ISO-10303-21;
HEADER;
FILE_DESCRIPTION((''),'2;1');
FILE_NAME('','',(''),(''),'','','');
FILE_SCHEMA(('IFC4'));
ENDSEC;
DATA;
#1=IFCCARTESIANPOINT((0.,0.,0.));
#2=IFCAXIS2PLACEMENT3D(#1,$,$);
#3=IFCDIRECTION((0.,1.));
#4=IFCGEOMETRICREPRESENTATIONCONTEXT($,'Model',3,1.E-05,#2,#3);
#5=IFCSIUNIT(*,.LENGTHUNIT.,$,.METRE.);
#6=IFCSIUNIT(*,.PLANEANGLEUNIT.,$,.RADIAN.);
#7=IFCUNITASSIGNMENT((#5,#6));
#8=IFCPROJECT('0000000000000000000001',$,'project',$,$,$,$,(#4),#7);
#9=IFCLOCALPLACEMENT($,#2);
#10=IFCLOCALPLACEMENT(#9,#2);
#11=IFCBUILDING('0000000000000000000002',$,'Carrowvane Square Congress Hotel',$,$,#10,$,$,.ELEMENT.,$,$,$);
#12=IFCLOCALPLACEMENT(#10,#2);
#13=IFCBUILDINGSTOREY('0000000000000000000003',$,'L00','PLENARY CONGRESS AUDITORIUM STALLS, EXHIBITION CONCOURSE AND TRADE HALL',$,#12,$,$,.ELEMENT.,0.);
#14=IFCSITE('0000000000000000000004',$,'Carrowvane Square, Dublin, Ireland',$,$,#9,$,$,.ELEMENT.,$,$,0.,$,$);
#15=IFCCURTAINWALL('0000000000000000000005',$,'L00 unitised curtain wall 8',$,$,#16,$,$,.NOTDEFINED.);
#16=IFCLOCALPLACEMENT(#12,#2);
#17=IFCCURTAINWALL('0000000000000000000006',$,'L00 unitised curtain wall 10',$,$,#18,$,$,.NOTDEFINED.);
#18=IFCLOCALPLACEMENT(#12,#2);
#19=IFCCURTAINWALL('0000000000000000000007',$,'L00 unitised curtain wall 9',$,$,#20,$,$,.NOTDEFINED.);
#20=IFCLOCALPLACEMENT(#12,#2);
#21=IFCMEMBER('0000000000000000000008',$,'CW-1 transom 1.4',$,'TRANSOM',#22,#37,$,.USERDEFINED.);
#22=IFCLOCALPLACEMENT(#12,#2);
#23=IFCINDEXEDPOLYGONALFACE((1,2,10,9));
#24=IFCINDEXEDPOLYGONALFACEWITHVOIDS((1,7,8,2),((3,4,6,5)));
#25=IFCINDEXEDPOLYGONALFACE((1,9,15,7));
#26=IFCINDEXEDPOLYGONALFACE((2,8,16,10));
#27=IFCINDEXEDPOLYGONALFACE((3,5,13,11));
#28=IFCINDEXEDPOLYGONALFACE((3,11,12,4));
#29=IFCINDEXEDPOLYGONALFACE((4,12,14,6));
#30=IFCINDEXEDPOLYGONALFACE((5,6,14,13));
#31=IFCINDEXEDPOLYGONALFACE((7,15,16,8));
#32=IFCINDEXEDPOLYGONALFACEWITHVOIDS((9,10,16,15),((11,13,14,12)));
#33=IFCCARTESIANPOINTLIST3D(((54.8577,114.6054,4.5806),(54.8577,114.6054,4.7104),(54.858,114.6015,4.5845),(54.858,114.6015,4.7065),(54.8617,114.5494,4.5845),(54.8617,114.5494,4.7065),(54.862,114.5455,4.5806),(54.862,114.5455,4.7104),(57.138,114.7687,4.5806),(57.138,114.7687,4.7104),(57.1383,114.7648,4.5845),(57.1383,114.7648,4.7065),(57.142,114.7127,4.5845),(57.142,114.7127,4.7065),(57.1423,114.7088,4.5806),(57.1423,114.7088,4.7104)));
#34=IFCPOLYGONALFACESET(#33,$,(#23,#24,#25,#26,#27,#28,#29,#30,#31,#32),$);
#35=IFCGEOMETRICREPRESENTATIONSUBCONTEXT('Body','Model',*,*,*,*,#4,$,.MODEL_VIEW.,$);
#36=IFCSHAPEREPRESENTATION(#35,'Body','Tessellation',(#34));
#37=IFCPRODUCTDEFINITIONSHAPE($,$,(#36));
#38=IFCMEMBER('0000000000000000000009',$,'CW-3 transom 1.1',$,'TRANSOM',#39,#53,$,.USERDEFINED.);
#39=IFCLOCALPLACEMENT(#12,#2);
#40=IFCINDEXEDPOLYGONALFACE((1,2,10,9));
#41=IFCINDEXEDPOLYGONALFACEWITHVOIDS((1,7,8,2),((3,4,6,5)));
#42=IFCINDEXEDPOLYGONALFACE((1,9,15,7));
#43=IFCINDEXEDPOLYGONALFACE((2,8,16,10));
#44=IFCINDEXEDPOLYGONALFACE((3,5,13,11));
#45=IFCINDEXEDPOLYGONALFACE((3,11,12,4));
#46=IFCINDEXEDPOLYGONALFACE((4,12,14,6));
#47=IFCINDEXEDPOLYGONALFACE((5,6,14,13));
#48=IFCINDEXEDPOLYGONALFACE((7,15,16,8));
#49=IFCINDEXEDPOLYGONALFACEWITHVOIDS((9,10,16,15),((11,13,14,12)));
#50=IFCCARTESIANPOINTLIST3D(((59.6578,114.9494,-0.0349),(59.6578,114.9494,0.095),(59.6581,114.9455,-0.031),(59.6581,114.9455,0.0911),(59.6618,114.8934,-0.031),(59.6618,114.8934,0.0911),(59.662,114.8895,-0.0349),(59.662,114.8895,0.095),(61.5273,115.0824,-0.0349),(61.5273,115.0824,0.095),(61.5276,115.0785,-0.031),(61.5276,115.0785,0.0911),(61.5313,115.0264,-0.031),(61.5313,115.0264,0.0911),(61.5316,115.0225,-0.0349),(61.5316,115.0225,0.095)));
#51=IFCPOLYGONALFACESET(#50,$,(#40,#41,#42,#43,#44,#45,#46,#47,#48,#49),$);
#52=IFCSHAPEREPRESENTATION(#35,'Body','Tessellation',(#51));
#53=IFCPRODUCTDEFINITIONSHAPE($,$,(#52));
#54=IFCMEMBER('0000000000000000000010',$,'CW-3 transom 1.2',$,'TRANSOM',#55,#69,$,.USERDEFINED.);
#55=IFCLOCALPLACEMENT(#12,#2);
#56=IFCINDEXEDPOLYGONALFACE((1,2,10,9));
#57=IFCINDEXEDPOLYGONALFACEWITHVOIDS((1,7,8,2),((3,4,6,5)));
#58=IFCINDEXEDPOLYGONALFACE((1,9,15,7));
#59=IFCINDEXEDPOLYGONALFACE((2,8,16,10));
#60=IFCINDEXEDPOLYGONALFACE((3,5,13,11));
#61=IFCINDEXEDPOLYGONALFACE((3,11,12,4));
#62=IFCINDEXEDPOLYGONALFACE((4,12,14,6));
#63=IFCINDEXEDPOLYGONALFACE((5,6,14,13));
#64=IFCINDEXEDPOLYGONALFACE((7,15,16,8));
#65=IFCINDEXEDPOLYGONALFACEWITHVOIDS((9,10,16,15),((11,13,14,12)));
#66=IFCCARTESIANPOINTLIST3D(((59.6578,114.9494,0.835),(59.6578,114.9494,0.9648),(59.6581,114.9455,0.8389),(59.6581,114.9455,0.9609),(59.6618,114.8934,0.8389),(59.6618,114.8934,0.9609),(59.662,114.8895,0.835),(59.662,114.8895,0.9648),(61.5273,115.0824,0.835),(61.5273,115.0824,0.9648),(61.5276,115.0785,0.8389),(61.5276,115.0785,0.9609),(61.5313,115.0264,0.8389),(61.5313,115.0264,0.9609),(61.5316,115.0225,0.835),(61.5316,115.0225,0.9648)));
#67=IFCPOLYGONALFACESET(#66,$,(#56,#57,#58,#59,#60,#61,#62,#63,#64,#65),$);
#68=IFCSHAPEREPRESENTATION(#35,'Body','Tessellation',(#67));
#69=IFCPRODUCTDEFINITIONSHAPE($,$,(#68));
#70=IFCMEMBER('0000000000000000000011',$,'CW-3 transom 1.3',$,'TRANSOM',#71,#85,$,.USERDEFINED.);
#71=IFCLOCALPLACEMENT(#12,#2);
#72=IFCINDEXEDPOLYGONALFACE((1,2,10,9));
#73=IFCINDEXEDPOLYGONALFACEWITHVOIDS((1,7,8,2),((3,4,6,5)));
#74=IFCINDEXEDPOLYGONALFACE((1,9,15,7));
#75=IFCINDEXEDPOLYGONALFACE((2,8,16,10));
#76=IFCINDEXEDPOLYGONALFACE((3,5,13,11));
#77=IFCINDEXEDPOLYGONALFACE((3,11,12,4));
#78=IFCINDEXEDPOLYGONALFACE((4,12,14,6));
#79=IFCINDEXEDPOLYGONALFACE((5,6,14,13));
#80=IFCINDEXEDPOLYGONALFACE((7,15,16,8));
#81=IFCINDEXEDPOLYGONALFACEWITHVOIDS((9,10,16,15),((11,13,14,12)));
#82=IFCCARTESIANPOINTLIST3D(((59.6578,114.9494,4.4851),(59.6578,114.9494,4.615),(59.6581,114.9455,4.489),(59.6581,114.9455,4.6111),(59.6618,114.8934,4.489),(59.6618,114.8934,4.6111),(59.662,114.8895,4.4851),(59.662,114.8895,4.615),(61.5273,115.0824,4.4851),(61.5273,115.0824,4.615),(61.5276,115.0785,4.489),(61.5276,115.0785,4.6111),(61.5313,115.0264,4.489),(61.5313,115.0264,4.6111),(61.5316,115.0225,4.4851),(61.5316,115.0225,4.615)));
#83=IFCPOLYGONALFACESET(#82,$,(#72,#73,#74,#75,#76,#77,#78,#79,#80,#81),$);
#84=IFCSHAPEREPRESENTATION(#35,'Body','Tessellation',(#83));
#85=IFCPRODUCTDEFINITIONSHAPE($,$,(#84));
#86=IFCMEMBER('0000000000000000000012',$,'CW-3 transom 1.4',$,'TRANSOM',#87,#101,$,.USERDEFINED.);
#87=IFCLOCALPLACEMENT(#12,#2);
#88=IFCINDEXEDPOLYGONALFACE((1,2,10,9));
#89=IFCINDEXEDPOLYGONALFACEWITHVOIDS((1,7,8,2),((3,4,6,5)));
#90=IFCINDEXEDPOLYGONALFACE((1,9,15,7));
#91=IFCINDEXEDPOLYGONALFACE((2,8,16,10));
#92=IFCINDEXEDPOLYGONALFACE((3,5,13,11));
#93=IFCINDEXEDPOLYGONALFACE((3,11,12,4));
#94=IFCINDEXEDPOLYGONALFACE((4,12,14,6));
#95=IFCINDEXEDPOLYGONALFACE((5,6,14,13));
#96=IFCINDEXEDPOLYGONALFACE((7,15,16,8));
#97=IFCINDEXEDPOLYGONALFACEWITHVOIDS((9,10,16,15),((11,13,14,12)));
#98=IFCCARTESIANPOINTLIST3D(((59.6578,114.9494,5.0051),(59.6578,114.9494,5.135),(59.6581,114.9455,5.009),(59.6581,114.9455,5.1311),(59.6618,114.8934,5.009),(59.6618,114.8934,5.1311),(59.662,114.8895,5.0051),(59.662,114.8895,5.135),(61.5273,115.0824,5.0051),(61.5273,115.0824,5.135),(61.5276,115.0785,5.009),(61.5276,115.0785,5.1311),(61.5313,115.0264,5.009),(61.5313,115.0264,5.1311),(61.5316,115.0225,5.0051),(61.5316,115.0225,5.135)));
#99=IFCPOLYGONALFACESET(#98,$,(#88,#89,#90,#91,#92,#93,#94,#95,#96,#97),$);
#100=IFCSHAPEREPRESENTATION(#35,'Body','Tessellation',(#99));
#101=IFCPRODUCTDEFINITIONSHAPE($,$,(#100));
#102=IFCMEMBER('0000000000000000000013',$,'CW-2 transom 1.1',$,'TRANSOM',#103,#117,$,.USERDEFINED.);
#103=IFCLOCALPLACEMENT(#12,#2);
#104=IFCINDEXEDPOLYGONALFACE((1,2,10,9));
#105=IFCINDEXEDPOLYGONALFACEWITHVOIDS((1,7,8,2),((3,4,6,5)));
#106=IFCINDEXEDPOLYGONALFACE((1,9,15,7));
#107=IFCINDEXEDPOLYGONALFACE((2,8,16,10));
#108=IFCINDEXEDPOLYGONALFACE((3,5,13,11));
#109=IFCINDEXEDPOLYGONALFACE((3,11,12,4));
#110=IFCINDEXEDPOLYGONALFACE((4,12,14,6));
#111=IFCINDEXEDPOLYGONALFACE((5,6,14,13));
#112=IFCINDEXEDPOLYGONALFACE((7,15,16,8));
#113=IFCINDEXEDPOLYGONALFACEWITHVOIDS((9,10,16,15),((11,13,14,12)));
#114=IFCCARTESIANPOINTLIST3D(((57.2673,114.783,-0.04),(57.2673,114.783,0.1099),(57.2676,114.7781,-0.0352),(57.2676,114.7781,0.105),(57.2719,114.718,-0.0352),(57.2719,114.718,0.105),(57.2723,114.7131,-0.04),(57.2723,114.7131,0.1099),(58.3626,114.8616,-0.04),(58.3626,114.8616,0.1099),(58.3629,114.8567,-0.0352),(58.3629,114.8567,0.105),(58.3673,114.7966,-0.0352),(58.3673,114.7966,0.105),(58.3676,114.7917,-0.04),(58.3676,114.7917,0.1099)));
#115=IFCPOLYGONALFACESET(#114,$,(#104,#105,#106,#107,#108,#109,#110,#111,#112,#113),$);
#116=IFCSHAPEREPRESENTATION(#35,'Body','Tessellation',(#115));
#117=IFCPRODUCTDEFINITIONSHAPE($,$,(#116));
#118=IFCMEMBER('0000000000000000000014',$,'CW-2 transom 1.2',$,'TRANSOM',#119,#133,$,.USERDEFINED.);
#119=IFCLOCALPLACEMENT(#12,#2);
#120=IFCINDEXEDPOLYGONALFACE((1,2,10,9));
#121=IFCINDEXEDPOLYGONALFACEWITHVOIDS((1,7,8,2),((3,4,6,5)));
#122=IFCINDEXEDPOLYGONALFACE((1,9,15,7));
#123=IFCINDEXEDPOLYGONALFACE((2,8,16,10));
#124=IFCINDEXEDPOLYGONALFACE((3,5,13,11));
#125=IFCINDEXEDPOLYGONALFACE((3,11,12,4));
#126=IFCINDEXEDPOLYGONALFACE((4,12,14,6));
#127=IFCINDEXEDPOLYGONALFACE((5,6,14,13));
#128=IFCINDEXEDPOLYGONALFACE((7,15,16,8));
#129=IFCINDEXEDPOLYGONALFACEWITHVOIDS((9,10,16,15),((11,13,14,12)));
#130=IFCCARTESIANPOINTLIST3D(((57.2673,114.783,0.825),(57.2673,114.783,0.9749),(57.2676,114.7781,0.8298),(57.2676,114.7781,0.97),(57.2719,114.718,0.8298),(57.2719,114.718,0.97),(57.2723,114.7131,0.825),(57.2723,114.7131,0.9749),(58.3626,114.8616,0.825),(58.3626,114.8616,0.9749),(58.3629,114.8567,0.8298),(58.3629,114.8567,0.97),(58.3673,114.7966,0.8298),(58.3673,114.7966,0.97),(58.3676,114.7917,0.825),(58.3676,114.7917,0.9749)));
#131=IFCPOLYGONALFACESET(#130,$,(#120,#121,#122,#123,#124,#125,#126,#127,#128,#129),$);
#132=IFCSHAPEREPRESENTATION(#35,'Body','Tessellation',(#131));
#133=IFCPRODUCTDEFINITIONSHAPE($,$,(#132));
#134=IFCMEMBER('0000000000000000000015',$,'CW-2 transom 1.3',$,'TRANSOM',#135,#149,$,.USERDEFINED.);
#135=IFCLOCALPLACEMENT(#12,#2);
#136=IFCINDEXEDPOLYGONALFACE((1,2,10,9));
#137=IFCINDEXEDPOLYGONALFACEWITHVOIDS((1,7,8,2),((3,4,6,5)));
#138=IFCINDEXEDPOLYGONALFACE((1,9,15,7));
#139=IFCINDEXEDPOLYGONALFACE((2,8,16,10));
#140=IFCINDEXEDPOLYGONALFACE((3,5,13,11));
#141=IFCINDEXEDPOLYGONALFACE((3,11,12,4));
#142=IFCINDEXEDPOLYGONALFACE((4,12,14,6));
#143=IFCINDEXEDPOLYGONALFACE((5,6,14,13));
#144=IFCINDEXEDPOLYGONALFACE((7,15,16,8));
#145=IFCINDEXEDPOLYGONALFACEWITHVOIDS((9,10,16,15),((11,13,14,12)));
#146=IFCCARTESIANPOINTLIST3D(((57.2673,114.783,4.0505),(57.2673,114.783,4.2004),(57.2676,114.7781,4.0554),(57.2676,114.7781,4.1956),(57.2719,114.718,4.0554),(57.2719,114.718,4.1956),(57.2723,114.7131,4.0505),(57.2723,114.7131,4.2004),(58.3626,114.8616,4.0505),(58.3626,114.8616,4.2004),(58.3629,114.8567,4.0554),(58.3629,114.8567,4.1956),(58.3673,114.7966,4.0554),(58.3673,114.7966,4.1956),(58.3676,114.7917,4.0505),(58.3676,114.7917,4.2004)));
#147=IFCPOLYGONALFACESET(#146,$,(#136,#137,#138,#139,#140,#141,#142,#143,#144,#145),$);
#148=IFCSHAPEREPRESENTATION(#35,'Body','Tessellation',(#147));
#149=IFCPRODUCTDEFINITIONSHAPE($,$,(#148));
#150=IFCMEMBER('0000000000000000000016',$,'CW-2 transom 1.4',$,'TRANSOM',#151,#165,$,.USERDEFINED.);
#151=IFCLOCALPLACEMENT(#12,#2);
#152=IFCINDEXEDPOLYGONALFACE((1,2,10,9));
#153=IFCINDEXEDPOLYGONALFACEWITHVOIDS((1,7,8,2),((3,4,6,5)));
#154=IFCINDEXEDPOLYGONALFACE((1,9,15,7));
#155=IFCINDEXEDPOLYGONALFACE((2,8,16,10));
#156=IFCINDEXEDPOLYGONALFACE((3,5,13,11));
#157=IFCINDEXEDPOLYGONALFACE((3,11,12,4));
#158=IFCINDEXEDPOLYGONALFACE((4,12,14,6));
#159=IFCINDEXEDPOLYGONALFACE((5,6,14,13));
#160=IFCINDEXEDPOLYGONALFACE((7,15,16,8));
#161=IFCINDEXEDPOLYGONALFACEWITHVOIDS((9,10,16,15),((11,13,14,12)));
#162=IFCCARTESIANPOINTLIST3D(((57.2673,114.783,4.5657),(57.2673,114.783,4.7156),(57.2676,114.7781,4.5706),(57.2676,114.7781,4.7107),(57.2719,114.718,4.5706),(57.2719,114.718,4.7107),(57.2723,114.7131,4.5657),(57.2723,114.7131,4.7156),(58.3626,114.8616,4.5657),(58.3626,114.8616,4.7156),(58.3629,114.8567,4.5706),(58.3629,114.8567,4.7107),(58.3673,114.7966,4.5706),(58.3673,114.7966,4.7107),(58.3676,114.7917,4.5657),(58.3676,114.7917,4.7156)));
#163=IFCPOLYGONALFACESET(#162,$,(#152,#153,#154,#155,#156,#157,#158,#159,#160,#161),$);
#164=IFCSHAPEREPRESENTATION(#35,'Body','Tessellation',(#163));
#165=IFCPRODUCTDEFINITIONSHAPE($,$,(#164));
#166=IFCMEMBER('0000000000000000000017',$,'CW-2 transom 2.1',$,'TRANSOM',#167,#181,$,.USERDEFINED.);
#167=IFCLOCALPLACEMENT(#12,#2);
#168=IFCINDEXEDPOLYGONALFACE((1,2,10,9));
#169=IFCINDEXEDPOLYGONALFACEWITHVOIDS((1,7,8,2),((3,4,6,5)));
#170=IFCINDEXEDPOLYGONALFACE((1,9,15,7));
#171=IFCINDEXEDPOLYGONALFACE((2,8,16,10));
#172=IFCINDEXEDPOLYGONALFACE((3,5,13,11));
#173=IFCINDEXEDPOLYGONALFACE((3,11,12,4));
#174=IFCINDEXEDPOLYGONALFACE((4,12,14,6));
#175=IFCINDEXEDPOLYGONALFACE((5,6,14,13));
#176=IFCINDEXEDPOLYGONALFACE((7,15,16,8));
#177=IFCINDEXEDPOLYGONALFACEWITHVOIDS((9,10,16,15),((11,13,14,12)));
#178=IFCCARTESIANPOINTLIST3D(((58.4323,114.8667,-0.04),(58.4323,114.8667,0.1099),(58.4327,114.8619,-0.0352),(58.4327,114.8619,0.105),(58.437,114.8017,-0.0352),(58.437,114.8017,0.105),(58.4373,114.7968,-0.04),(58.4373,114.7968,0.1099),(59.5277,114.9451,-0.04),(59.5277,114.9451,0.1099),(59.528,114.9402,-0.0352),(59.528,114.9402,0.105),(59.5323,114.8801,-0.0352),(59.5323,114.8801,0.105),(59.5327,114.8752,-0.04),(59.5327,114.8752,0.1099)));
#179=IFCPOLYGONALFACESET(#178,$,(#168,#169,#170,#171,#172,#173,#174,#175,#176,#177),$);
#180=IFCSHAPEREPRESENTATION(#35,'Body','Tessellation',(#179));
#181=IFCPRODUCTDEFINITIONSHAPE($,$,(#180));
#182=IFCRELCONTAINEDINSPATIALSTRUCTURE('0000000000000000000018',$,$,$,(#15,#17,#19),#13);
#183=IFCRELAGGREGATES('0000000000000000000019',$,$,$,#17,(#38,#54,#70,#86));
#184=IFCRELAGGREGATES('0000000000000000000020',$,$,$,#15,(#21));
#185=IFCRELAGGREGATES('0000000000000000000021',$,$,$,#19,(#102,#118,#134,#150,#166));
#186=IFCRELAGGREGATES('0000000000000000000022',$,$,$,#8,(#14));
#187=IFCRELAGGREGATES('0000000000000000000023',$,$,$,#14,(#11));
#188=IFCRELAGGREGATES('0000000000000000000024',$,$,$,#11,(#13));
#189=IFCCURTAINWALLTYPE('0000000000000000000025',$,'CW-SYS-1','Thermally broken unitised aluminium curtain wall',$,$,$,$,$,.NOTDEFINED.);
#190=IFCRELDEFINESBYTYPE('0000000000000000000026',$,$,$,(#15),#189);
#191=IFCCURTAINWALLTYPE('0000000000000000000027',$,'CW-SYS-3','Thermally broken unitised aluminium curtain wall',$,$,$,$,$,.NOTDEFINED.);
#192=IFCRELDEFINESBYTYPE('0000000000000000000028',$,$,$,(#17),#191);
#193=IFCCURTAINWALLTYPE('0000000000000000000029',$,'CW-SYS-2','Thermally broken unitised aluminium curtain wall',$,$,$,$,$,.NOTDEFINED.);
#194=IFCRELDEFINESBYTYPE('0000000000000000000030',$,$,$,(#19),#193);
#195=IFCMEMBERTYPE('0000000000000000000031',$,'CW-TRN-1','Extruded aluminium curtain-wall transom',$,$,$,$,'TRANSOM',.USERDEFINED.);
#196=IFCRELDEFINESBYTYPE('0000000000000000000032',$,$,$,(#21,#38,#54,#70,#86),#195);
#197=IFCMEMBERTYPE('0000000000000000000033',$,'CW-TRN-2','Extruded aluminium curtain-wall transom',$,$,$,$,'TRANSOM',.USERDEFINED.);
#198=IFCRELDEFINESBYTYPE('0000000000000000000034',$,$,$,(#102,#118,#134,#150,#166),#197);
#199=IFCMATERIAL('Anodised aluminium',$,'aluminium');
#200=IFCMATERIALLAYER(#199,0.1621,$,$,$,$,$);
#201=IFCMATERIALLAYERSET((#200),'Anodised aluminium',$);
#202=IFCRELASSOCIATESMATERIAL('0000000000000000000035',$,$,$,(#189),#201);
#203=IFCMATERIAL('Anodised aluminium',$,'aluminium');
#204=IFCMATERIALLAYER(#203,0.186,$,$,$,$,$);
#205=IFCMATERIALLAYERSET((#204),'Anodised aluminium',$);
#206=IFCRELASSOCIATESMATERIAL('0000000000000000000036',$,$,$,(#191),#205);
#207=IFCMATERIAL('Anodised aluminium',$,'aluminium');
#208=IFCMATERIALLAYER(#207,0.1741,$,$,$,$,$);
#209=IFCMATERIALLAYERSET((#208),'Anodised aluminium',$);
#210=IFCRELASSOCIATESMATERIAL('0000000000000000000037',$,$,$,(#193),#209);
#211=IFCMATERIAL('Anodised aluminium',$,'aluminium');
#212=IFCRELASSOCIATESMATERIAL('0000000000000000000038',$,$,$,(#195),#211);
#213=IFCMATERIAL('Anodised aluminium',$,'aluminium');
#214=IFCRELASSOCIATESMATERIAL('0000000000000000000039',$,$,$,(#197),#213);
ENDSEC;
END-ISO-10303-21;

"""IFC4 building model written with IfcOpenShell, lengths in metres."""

from ifc_helpers import new_model, si_unit, direction, frame, origin, origin_2d, place, context, subcontext, project, spatial, hollow_rectangle, extrude, material, layer, layer_set, material_profile, profile_set, type_object, element, aggregate, save


model = new_model("IFC4")

# Units and contexts
model_context = context("Model", 3, precision=1e-05, world=origin(), true_north=direction((0.0, 1.0)))
body_context = subcontext(model_context, "Body", "Model", "MODEL_VIEW")
ifc_project = project(units=[si_unit("LENGTHUNIT", "METRE"), si_unit("PLANEANGLEUNIT", "RADIAN")], contexts=[model_context])

# Site, building, storey
site_placement = place(None, origin())
site = spatial("IfcSite", under=ifc_project, at=site_placement, Name="Carrowvane Square, Dublin, Ireland", CompositionType="ELEMENT", RefElevation=0.0)
building_placement = place(site_placement, origin())
building = spatial("IfcBuilding", under=site, at=building_placement, Name="Carrowvane Square Congress Hotel", CompositionType="ELEMENT")
storey_placement = place(building_placement, origin())
storey = spatial("IfcBuildingStorey", under=building, at=storey_placement, Name="L00", Description="PLENARY CONGRESS AUDITORIUM STALLS, EXHIBITION CONCOURSE AND TRADE HALL", CompositionType="ELEMENT", Elevation=0.0)

# Curtain wall
ifc_material_1 = material(Name="Anodised aluminium", Category="aluminium")
ifc_layer_1 = layer(ifc_material_1, 0.1621)
ifc_layer_set_1 = layer_set([ifc_layer_1], Name="Anodised aluminium")
curtain_wall_type_1 = type_object("IfcCurtainWallType", Name="CW-SYS-1", Description="Thermally broken unitised aluminium curtain wall", PredefinedType="NOTDEFINED", material=ifc_layer_set_1)
curtain_wall_1_placement = place(storey_placement, origin())
curtain_wall_1 = element("IfcCurtainWall", 1, at=curtain_wall_1_placement, inside=storey, type_object=curtain_wall_type_1, Name="L00 unitised curtain wall 8", PredefinedType="NOTDEFINED")

# Curtain wall
ifc_material_2 = material(Name="Anodised aluminium", Category="aluminium")
ifc_layer_2 = layer(ifc_material_2, 0.186)
ifc_layer_set_2 = layer_set([ifc_layer_2], Name="Anodised aluminium")
curtain_wall_type_2 = type_object("IfcCurtainWallType", Name="CW-SYS-3", Description="Thermally broken unitised aluminium curtain wall", PredefinedType="NOTDEFINED", material=ifc_layer_set_2)
curtain_wall_2_placement = place(storey_placement, origin())
curtain_wall_2 = element("IfcCurtainWall", 2, at=curtain_wall_2_placement, inside=storey, type_object=curtain_wall_type_2, Name="L00 unitised curtain wall 10", PredefinedType="NOTDEFINED")

# Curtain wall
ifc_material_3 = material(Name="Anodised aluminium", Category="aluminium")
ifc_layer_3 = layer(ifc_material_3, 0.1741)
ifc_layer_set_3 = layer_set([ifc_layer_3], Name="Anodised aluminium")
curtain_wall_type_3 = type_object("IfcCurtainWallType", Name="CW-SYS-2", Description="Thermally broken unitised aluminium curtain wall", PredefinedType="NOTDEFINED", material=ifc_layer_set_3)
curtain_wall_3_placement = place(storey_placement, origin())
curtain_wall_3 = element("IfcCurtainWall", 3, at=curtain_wall_3_placement, inside=storey, type_object=curtain_wall_type_3, Name="L00 unitised curtain wall 9", PredefinedType="NOTDEFINED")

# Members
ifc_material_4 = material(Name="Anodised aluminium", Category="aluminium")
ifc_material_profile_1 = material_profile(ifc_material_4, hollow_rectangle(XDim=0.0601, YDim=0.1299, WallThickness=0.0039, at=origin_2d()), Name="CW-TR 60x130x4")
ifc_profile_set_1 = profile_set([ifc_material_profile_1], Name="Anodised aluminium")
member_type_1 = type_object("IfcMemberType", Name="CW-TRN-1", Description="Extruded aluminium curtain-wall transom", ElementType="TRANSOM", PredefinedType="USERDEFINED", material=ifc_profile_set_1)
member_1_placement = place(storey_placement, frame((54.8599, 114.5754, 4.6455), z_axis=(0.997445, 0.071444, 0.0), x_axis=(-0.071444, 0.997445, 0.0)))
member_1 = element("IfcMember", 4, at=member_1_placement, type_object=member_type_1, Name="CW-1 transom 1.4", ObjectType="TRANSOM", PredefinedType="USERDEFINED", context=body_context, shape_type="SweptSolid", body=[
    extrude(hollow_rectangle(XDim=0.0601, YDim=0.1299, WallThickness=0.0039, at=origin_2d()), origin(), (0.0, 0.0, 1.0), 2.2861),
])
member_2_placement = place(storey_placement, frame((59.6599, 114.9194, 0.03), z_axis=(0.997477, 0.070988, 0.0), x_axis=(-0.070988, 0.997477, 0.0)))
member_2 = element("IfcMember", 5, at=member_2_placement, type_object=member_type_1, Name="CW-3 transom 1.1", ObjectType="TRANSOM", PredefinedType="USERDEFINED", context=body_context, shape_type="SweptSolid", body=[
    extrude(hollow_rectangle(XDim=0.0601, YDim=0.1299, WallThickness=0.0039, at=origin_2d()), origin(), (0.0, 0.0, 1.0), 1.8743),
])
member_3_placement = place(storey_placement, frame((59.6599, 114.9194, 0.8999), z_axis=(0.997477, 0.070988, 0.0), x_axis=(-0.070988, 0.997477, 0.0)))
member_3 = element("IfcMember", 6, at=member_3_placement, type_object=member_type_1, Name="CW-3 transom 1.2", ObjectType="TRANSOM", PredefinedType="USERDEFINED", context=body_context, shape_type="SweptSolid", body=[
    extrude(hollow_rectangle(XDim=0.0601, YDim=0.1299, WallThickness=0.0039, at=origin_2d()), origin(), (0.0, 0.0, 1.0), 1.8743),
])
member_4_placement = place(storey_placement, frame((59.6599, 114.9194, 4.55), z_axis=(0.997477, 0.070988, 0.0), x_axis=(-0.070988, 0.997477, 0.0)))
member_4 = element("IfcMember", 7, at=member_4_placement, type_object=member_type_1, Name="CW-3 transom 1.3", ObjectType="TRANSOM", PredefinedType="USERDEFINED", context=body_context, shape_type="SweptSolid", body=[
    extrude(hollow_rectangle(XDim=0.0601, YDim=0.1299, WallThickness=0.0039, at=origin_2d()), origin(), (0.0, 0.0, 1.0), 1.8743),
])
member_5_placement = place(storey_placement, frame((59.6599, 114.9194, 5.0701), z_axis=(0.997477, 0.070988, 0.0), x_axis=(-0.070988, 0.997477, 0.0)))
member_5 = element("IfcMember", 8, at=member_5_placement, type_object=member_type_1, Name="CW-3 transom 1.4", ObjectType="TRANSOM", PredefinedType="USERDEFINED", context=body_context, shape_type="SweptSolid", body=[
    extrude(hollow_rectangle(XDim=0.0601, YDim=0.1299, WallThickness=0.0039, at=origin_2d()), origin(), (0.0, 0.0, 1.0), 1.8743),
])
ifc_material_5 = material(Name="Anodised aluminium", Category="aluminium")
ifc_material_profile_2 = material_profile(ifc_material_5, hollow_rectangle(XDim=0.0701, YDim=0.1499, WallThickness=0.0049, at=origin_2d()), Name="CW-TR 70x150x5")
ifc_profile_set_2 = profile_set([ifc_material_profile_2], Name="Anodised aluminium")
member_type_2 = type_object("IfcMemberType", Name="CW-TRN-2", Description="Extruded aluminium curtain-wall transom", ElementType="TRANSOM", PredefinedType="USERDEFINED", material=ifc_profile_set_2)
member_6_placement = place(storey_placement, frame((57.2698, 114.748, 0.0349), z_axis=(0.997434, 0.071595, 0.0), x_axis=(-0.071595, 0.997434, 0.0)))
member_6 = element("IfcMember", 9, at=member_6_placement, type_object=member_type_2, Name="CW-2 transom 1.1", ObjectType="TRANSOM", PredefinedType="USERDEFINED", context=body_context, shape_type="SweptSolid", body=[
    extrude(hollow_rectangle(XDim=0.0701, YDim=0.1499, WallThickness=0.0049, at=origin_2d()), origin(), (0.0, 0.0, 1.0), 1.0981),
])
member_7_placement = place(storey_placement, frame((57.2698, 114.748, 0.8999), z_axis=(0.997434, 0.071595, 0.0), x_axis=(-0.071595, 0.997434, 0.0)))
member_7 = element("IfcMember", 10, at=member_7_placement, type_object=member_type_2, Name="CW-2 transom 1.2", ObjectType="TRANSOM", PredefinedType="USERDEFINED", context=body_context, shape_type="SweptSolid", body=[
    extrude(hollow_rectangle(XDim=0.0701, YDim=0.1499, WallThickness=0.0049, at=origin_2d()), origin(), (0.0, 0.0, 1.0), 1.0981),
])
member_8_placement = place(storey_placement, frame((57.2698, 114.748, 4.1255), z_axis=(0.997434, 0.071595, 0.0), x_axis=(-0.071595, 0.997434, 0.0)))
member_8 = element("IfcMember", 11, at=member_8_placement, type_object=member_type_2, Name="CW-2 transom 1.3", ObjectType="TRANSOM", PredefinedType="USERDEFINED", context=body_context, shape_type="SweptSolid", body=[
    extrude(hollow_rectangle(XDim=0.0701, YDim=0.1499, WallThickness=0.0049, at=origin_2d()), origin(), (0.0, 0.0, 1.0), 1.0981),
])
member_9_placement = place(storey_placement, frame((57.2698, 114.748, 4.6406), z_axis=(0.997434, 0.071595, 0.0), x_axis=(-0.071595, 0.997434, 0.0)))
member_9 = element("IfcMember", 12, at=member_9_placement, type_object=member_type_2, Name="CW-2 transom 1.4", ObjectType="TRANSOM", PredefinedType="USERDEFINED", context=body_context, shape_type="SweptSolid", body=[
    extrude(hollow_rectangle(XDim=0.0701, YDim=0.1499, WallThickness=0.0049, at=origin_2d()), origin(), (0.0, 0.0, 1.0), 1.0981),
])
member_10_placement = place(storey_placement, frame((58.4348, 114.8318, 0.0349), z_axis=(0.997451, 0.071358, 0.0), x_axis=(-0.071358, 0.997451, 0.0)))
member_10 = element("IfcMember", 13, at=member_10_placement, type_object=member_type_2, Name="CW-2 transom 2.1", ObjectType="TRANSOM", PredefinedType="USERDEFINED", context=body_context, shape_type="SweptSolid", body=[
    extrude(hollow_rectangle(XDim=0.0701, YDim=0.1499, WallThickness=0.0049, at=origin_2d()), origin(), (0.0, 0.0, 1.0), 1.0981),
])

aggregate(curtain_wall_2, [member_2, member_3, member_4, member_5])
aggregate(curtain_wall_1, [member_1])
aggregate(curtain_wall_3, [member_6, member_7, member_8, member_9, member_10])

save(model, "model.ifc")
